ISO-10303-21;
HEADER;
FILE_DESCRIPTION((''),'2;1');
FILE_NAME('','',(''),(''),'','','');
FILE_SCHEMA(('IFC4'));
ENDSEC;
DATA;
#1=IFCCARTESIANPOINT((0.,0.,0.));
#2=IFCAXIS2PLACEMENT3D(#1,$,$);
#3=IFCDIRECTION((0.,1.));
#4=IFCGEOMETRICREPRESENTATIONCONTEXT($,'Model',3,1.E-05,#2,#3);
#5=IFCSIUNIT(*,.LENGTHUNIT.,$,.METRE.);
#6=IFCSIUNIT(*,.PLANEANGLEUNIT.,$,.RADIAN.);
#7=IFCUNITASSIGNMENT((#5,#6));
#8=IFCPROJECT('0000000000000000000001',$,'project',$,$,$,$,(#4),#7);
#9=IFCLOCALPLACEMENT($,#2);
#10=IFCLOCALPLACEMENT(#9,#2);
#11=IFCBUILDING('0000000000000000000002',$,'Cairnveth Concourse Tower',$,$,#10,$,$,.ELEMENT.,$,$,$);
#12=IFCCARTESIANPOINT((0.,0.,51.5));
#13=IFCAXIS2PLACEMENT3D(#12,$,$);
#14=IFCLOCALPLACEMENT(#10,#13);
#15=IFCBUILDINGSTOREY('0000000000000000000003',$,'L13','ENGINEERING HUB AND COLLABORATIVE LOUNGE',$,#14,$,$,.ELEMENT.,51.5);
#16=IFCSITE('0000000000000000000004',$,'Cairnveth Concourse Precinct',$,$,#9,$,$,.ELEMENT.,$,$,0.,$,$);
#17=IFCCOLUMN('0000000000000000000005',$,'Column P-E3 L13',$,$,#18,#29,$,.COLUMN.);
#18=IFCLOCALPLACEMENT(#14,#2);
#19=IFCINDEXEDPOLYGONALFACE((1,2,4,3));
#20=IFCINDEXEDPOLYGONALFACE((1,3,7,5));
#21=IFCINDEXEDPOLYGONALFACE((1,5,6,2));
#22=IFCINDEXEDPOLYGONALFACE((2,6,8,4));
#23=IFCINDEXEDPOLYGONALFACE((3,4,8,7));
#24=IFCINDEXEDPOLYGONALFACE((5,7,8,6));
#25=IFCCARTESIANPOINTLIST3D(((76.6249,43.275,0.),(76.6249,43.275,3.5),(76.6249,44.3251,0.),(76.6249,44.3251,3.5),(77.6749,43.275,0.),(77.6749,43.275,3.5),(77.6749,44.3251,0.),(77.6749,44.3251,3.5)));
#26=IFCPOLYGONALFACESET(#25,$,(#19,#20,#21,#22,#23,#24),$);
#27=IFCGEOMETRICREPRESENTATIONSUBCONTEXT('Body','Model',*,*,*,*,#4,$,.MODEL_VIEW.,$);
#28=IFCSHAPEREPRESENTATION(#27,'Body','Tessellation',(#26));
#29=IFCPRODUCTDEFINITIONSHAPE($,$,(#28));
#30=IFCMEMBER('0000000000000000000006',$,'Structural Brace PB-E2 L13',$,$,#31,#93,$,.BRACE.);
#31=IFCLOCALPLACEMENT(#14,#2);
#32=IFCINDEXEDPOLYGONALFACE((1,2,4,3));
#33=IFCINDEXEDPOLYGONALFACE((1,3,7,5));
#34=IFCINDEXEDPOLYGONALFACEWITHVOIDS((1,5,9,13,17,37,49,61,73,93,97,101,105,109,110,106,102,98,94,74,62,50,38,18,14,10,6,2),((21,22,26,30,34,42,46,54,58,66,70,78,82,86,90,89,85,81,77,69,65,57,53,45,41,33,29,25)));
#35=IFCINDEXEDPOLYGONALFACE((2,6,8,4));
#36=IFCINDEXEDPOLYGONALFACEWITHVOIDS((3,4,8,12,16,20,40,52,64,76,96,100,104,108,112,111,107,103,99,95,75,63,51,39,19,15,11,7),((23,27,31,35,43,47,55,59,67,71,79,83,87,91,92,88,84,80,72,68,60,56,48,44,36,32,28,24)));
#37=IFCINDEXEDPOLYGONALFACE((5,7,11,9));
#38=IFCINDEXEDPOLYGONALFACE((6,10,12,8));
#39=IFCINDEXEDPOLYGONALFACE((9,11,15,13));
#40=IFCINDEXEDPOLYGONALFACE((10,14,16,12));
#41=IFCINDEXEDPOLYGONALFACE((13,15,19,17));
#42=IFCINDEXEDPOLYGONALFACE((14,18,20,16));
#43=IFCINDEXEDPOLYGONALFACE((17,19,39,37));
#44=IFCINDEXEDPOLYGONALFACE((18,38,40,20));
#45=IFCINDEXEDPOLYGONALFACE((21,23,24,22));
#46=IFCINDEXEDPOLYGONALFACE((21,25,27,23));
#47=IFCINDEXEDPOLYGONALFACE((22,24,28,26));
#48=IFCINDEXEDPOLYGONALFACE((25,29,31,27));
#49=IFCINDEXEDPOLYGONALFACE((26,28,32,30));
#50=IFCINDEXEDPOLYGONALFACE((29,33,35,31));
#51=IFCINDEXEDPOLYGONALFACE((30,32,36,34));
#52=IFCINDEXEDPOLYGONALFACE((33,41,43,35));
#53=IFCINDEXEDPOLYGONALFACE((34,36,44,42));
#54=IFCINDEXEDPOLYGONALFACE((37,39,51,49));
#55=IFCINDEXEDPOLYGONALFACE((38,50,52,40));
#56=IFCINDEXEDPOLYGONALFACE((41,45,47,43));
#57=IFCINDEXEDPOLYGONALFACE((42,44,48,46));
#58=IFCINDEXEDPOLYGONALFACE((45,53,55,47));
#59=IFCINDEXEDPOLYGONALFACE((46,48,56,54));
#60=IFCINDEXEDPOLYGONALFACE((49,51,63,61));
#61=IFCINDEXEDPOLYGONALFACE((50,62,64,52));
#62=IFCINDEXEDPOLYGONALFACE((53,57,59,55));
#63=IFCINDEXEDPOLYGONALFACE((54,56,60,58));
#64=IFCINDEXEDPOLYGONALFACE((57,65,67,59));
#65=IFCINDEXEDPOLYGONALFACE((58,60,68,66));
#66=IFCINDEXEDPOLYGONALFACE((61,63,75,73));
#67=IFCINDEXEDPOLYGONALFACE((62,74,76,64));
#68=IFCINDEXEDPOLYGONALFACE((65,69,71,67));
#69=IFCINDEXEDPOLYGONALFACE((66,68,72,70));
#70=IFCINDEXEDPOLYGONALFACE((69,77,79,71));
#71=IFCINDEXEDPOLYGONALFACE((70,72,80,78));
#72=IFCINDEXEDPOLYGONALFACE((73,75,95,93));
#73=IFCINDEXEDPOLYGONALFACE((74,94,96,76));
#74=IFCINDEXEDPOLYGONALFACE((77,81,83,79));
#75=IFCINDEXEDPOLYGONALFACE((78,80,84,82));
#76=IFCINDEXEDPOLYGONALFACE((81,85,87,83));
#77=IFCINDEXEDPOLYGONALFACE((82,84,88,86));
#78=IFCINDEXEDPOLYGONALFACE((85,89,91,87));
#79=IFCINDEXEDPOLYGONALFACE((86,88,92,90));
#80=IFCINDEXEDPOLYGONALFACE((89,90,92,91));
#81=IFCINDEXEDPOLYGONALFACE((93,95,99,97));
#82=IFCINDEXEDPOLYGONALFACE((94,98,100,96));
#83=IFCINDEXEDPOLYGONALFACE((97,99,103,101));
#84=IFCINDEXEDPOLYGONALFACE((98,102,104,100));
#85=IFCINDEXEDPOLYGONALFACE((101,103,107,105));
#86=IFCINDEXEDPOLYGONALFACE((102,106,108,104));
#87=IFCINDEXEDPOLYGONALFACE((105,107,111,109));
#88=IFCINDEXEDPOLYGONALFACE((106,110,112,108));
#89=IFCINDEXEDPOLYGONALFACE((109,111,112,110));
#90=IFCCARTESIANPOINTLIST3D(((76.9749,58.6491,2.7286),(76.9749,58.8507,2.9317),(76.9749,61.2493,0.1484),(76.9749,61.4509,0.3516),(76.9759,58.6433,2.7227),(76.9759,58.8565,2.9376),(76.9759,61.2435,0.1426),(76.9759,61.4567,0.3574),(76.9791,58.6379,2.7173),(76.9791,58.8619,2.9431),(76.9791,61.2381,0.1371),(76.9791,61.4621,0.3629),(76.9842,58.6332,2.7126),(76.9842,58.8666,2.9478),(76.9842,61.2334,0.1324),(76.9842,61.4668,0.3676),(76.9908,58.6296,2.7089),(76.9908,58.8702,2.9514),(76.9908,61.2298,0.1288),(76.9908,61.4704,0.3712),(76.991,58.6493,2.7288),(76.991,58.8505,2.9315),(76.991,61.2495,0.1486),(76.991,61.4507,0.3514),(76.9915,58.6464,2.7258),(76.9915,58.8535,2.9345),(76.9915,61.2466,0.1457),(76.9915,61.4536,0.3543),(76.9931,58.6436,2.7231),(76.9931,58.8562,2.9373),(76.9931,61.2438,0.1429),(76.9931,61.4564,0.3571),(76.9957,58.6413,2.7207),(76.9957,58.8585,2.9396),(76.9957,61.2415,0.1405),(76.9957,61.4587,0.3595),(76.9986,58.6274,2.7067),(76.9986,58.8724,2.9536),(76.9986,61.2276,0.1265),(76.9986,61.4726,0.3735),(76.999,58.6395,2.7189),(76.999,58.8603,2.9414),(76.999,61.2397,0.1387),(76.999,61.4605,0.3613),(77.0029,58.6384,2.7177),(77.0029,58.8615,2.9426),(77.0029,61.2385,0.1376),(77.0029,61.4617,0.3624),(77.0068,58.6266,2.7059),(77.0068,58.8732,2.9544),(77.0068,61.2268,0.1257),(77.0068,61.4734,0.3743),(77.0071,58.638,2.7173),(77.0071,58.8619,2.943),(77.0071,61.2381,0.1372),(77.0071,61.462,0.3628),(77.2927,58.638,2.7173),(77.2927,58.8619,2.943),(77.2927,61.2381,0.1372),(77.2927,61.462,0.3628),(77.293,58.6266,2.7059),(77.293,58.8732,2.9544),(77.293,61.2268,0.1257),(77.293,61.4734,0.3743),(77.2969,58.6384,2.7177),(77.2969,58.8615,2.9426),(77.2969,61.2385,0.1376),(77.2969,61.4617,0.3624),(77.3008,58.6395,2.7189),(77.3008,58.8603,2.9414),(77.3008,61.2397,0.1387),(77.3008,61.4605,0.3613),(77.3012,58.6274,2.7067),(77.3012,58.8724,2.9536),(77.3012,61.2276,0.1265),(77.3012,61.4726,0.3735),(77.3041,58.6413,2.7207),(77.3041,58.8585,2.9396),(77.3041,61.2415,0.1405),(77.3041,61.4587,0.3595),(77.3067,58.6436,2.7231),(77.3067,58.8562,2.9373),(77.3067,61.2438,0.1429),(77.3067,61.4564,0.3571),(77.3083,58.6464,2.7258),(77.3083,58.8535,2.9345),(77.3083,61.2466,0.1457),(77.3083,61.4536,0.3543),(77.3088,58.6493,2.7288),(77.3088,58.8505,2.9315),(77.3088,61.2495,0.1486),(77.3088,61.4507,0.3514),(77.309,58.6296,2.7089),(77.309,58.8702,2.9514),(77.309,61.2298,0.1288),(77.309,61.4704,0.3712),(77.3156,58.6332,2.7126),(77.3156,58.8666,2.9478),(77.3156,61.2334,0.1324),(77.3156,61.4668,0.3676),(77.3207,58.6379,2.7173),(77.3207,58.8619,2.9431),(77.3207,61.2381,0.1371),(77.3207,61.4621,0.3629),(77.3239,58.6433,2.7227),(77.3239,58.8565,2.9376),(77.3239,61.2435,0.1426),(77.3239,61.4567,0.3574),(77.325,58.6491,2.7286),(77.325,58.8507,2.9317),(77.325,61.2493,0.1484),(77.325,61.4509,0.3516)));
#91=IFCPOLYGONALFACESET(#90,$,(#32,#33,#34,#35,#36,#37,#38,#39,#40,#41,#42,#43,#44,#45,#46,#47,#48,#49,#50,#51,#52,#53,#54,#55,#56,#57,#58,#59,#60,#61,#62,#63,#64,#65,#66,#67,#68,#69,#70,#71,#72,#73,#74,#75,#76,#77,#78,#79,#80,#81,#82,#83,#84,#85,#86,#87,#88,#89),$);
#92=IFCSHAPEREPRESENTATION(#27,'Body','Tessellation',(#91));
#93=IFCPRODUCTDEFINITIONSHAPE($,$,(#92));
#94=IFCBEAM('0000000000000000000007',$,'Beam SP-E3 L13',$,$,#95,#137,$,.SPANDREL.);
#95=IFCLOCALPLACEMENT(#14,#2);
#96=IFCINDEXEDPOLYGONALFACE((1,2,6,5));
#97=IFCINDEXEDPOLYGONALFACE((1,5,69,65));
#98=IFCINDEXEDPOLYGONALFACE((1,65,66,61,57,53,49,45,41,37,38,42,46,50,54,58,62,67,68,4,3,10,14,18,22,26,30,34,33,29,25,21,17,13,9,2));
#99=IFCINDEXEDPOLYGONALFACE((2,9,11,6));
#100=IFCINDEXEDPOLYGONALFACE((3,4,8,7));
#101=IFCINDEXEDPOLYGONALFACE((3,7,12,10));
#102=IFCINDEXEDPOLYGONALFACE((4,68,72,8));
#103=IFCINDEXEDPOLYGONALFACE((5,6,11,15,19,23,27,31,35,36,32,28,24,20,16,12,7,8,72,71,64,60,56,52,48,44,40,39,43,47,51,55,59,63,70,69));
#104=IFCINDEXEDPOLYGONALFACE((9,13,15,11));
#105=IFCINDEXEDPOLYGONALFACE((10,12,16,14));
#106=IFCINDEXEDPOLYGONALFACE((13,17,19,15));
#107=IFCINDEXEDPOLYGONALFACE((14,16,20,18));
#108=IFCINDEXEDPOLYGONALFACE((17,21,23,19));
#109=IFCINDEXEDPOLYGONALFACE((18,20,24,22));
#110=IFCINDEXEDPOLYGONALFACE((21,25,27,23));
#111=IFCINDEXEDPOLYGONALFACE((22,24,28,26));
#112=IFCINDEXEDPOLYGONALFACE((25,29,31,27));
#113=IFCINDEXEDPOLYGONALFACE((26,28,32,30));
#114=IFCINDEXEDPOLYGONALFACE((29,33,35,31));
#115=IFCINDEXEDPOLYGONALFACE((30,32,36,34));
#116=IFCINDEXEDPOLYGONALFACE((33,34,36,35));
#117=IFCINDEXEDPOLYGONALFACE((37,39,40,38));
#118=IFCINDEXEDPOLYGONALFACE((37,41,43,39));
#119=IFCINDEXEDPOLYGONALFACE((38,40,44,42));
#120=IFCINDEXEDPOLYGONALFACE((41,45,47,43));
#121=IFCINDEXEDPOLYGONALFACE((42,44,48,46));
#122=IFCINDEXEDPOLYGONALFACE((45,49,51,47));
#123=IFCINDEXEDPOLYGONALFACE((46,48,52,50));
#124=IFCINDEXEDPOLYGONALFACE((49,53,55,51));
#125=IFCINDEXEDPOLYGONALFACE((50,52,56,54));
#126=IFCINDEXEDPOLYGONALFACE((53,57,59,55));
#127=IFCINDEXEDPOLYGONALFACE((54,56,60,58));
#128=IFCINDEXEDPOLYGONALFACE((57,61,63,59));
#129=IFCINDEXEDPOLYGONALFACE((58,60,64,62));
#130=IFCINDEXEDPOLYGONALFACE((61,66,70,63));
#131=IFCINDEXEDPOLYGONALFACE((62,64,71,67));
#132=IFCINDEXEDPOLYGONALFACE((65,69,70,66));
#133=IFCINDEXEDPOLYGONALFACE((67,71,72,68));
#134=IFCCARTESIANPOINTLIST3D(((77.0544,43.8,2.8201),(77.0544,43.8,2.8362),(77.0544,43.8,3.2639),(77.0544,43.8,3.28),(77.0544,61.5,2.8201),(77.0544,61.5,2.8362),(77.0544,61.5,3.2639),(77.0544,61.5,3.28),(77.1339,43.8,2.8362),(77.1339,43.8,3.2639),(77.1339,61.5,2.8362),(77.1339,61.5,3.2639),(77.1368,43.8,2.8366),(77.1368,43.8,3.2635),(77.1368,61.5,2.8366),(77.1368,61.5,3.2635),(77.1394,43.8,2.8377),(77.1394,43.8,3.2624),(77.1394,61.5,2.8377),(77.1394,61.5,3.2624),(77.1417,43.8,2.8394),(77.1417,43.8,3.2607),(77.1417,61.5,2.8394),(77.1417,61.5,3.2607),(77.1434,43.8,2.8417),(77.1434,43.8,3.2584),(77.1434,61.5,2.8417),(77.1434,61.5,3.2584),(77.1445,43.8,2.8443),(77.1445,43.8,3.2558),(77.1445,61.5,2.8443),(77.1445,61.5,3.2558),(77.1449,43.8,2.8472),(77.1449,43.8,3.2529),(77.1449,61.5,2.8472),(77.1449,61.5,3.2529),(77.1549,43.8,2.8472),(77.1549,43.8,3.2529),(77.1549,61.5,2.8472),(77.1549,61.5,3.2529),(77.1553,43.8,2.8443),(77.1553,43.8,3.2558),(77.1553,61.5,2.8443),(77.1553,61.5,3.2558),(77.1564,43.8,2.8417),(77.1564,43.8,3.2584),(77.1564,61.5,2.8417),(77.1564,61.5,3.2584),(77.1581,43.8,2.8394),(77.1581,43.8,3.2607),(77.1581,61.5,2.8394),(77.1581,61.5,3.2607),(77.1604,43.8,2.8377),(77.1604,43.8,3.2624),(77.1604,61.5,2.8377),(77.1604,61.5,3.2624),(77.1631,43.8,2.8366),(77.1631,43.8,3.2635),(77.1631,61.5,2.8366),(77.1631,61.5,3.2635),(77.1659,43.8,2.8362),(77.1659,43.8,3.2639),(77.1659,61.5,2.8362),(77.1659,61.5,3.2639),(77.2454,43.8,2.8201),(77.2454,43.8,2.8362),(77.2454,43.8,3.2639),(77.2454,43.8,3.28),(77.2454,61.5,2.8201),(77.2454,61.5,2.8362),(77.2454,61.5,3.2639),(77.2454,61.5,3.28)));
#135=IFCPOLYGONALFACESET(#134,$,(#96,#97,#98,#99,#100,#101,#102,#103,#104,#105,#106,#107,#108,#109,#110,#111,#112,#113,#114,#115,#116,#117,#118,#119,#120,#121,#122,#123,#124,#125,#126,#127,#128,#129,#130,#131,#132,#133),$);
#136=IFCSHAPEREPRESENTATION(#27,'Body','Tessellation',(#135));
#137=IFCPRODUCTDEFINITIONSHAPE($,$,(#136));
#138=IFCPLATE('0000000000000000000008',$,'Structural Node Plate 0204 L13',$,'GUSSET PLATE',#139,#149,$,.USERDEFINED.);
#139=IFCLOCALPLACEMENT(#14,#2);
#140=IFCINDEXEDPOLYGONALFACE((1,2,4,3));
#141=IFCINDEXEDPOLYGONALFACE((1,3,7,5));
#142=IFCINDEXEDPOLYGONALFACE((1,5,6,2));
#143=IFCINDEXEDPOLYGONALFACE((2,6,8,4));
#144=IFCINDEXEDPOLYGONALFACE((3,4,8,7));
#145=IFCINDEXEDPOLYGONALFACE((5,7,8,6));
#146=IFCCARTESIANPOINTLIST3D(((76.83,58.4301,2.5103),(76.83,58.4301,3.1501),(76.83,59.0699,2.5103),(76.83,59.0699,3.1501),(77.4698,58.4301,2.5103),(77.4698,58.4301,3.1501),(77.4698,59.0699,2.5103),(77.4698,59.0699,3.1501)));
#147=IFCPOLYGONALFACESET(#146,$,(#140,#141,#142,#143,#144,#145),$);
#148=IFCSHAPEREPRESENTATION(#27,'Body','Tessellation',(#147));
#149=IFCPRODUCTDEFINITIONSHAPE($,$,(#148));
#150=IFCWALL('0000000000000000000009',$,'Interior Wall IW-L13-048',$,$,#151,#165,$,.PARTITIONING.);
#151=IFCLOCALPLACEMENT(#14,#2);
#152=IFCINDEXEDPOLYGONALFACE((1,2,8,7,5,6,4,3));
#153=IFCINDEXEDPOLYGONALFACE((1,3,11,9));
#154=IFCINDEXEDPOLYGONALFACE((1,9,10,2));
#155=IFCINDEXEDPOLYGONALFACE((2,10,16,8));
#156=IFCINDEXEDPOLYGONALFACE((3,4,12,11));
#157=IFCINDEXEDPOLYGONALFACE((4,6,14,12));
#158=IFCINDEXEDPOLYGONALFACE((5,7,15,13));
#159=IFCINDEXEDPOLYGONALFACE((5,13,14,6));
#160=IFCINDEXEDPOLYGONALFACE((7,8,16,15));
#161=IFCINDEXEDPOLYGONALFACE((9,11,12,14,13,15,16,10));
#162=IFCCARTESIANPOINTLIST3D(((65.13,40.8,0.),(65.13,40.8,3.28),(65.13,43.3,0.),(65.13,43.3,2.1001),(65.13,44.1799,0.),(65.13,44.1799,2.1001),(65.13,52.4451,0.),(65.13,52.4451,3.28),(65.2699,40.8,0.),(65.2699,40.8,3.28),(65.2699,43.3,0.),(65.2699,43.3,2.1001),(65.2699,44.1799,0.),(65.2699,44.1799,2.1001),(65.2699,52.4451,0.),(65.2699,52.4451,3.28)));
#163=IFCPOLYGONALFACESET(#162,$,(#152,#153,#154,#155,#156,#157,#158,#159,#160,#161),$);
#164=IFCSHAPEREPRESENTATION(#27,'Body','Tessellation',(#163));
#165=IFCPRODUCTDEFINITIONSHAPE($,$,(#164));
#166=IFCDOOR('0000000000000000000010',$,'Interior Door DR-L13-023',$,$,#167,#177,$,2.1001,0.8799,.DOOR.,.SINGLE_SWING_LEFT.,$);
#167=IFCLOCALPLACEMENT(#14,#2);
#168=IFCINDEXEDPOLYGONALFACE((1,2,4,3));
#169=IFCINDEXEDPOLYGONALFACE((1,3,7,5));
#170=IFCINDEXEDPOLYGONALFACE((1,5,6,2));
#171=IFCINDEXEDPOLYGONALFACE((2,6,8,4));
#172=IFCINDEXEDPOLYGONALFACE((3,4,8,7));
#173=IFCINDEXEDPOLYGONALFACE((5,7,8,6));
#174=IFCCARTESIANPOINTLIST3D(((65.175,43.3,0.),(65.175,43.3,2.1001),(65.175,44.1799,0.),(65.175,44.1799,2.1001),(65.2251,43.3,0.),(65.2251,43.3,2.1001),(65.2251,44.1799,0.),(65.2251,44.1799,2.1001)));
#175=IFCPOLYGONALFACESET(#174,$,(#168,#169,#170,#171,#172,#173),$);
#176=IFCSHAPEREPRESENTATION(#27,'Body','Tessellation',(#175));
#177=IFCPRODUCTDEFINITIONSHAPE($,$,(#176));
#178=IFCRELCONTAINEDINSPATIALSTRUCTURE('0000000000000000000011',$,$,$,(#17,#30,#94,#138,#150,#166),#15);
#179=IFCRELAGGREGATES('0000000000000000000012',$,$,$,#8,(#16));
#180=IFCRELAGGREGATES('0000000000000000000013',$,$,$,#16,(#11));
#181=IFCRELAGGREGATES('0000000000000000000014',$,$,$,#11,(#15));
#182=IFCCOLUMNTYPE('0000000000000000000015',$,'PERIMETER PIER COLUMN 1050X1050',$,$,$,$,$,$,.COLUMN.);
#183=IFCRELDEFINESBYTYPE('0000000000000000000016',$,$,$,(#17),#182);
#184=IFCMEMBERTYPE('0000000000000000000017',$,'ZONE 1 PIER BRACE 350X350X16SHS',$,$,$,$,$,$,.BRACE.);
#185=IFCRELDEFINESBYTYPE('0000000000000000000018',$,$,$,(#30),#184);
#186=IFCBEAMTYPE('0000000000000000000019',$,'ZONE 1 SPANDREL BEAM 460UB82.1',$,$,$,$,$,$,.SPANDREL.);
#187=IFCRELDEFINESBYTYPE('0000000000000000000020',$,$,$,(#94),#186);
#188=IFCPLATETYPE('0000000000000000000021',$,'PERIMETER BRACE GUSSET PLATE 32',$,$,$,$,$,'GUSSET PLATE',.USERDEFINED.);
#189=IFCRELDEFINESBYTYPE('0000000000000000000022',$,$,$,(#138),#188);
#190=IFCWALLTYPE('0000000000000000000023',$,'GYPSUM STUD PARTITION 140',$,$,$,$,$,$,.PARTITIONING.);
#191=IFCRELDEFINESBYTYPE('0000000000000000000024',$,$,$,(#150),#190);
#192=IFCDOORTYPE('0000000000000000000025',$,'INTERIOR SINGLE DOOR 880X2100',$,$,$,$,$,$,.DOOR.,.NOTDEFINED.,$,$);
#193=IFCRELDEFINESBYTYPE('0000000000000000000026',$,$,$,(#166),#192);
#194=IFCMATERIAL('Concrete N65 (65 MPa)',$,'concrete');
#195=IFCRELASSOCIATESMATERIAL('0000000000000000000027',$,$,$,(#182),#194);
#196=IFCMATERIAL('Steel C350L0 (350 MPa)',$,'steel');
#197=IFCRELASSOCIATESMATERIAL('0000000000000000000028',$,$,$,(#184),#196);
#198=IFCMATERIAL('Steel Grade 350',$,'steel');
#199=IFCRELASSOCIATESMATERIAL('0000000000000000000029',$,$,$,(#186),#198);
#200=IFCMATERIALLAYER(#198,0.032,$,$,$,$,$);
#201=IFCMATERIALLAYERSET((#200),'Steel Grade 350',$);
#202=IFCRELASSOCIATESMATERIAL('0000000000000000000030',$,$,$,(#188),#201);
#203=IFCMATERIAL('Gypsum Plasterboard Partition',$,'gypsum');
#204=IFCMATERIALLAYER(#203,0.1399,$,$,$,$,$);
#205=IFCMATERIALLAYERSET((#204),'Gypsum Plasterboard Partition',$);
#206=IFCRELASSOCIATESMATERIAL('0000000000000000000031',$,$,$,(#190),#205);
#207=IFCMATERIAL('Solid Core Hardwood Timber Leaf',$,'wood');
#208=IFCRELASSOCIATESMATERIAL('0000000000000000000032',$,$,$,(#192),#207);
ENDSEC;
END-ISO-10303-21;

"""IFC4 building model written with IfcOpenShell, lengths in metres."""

from ifc_helpers import new_model, si_unit, direction, frame, frame_2d, origin, origin_2d, place, context, subcontext, project, spatial, rectangle, hollow_rectangle, i_section, extrude, material, layer, layer_set, material_profile, profile_set, type_object, element, fill, save


model = new_model("IFC4")

# Units and contexts
model_context = context("Model", 3, precision=1e-05, world=origin(), true_north=direction((0.0, 1.0)))
body_context = subcontext(model_context, "Body", "Model", "MODEL_VIEW")
ifc_project = project(units=[si_unit("LENGTHUNIT", "METRE"), si_unit("PLANEANGLEUNIT", "RADIAN")], contexts=[model_context])

# Site, building, storey
site_placement = place(None, origin())
site = spatial("IfcSite", under=ifc_project, at=site_placement, Name="Cairnveth Concourse Precinct", CompositionType="ELEMENT", RefElevation=0.0)
building_placement = place(site_placement, origin())
building = spatial("IfcBuilding", under=site, at=building_placement, Name="Cairnveth Concourse Tower", CompositionType="ELEMENT")
storey_placement = place(building_placement, frame((0.0, 0.0, 51.5)))
storey = spatial("IfcBuildingStorey", under=building, at=storey_placement, Name="L13", Description="ENGINEERING HUB AND COLLABORATIVE LOUNGE", CompositionType="ELEMENT", Elevation=51.5)

# Column
ifc_material_1 = material(Name="Concrete N65 (65 MPa)", Category="concrete")
ifc_material_profile_1 = material_profile(ifc_material_1, rectangle(XDim=1.05, YDim=1.05, at=origin_2d()), Name="RC-COL-1050x1050")
ifc_profile_set_1 = profile_set([ifc_material_profile_1], Name="Concrete N65 (65 MPa)")
column_type = type_object("IfcColumnType", Name="PERIMETER PIER COLUMN 1050X1050", PredefinedType="COLUMN", material=ifc_profile_set_1)
column_placement = place(storey_placement, frame((77.1499, 43.8, 0.0), z_axis=(0.0, 0.0, 1.0), x_axis=(0.0, 1.0, 0.0)))
element("IfcColumn", 1, at=column_placement, inside=storey, type_object=column_type, Name="Column P-E3 L13", PredefinedType="COLUMN", context=body_context, shape_type="SweptSolid", body=[
    extrude(rectangle(XDim=1.05, YDim=1.05, at=origin_2d()), origin(), (0.0, 0.0, 1.0), 3.5),
])

# Member
ifc_material_2 = material(Name="Steel C350L0 (350 MPa)", Category="steel")
ifc_material_profile_2 = material_profile(ifc_material_2, hollow_rectangle(XDim=0.3501, YDim=0.3501, WallThickness=0.0161, InnerFilletRadius=0.0161, OuterFilletRadius=0.032, at=origin_2d()), Name="350x350x16.0SHS")
ifc_profile_set_2 = profile_set([ifc_material_profile_2], Name="Steel C350L0 (350 MPa)")
member_type = type_object("IfcMemberType", Name="ZONE 1 PIER BRACE 350X350X16SHS", PredefinedType="BRACE", material=ifc_profile_set_2)
member_placement = place(storey_placement, frame((77.1499, 61.3501, 0.25), z_axis=(0.0, -0.709834, 0.704369), x_axis=(1.0, 0.0, 0.0)))
element("IfcMember", 2, at=member_placement, inside=storey, type_object=member_type, Name="Structural Brace PB-E2 L13", PredefinedType="BRACE", context=body_context, shape_type="SweptSolid", body=[
    extrude(hollow_rectangle(XDim=0.3501, YDim=0.3501, WallThickness=0.0161, InnerFilletRadius=0.0161, OuterFilletRadius=0.032, at=origin_2d()), origin(), (0.0, 0.0, 1.0), 3.6631),
])

# Beam
ifc_material_3 = material(Name="Steel Grade 350", Category="steel")
ifc_material_profile_3 = material_profile(ifc_material_3, i_section(OverallWidth=0.1909, OverallDepth=0.46, WebThickness=0.01, FlangeThickness=0.0161, FilletRadius=0.011, at=origin_2d()), Name="460UB82.1")
ifc_profile_set_3 = profile_set([ifc_material_profile_3], Name="Steel Grade 350")
beam_type = type_object("IfcBeamType", Name="ZONE 1 SPANDREL BEAM 460UB82.1", PredefinedType="SPANDREL", material=ifc_profile_set_3)
beam_placement = place(storey_placement, frame((77.1499, 43.8, 3.05), z_axis=(0.0, 1.0, 0.0), x_axis=(-1.0, 0.0, 0.0)))
element("IfcBeam", 3, at=beam_placement, inside=storey, type_object=beam_type, Name="Beam SP-E3 L13", PredefinedType="SPANDREL", context=body_context, shape_type="SweptSolid", body=[
    extrude(i_section(OverallWidth=0.1909, OverallDepth=0.46, WebThickness=0.01, FlangeThickness=0.0161, FilletRadius=0.011, at=origin_2d()), origin(), (0.0, 0.0, 1.0), 17.7),
])

# Plate
ifc_layer_1 = layer(ifc_material_3, 0.032)
ifc_layer_set_1 = layer_set([ifc_layer_1], Name="Steel Grade 350")
plate_type = type_object("IfcPlateType", Name="PERIMETER BRACE GUSSET PLATE 32", ElementType="GUSSET PLATE", PredefinedType="USERDEFINED", material=ifc_layer_set_1)
plate_placement = place(storey_placement, frame((77.1499, 58.75, 2.5103), z_axis=(0.0, 0.0, 1.0), x_axis=(1.0, 0.0, 0.0)))
element("IfcPlate", 4, at=plate_placement, inside=storey, type_object=plate_type, Name="Structural Node Plate 0204 L13", ObjectType="GUSSET PLATE", PredefinedType="USERDEFINED", context=body_context, shape_type="SweptSolid", body=[
    extrude(rectangle(XDim=0.6399, YDim=0.6399, at=origin_2d()), origin(), (0.0, 0.0, 1.0), 0.6399),
])

# Wall, opening, door
ifc_material_4 = material(Name="Gypsum Plasterboard Partition", Category="gypsum")
ifc_layer_2 = layer(ifc_material_4, 0.1399)
ifc_layer_set_2 = layer_set([ifc_layer_2], Name="Gypsum Plasterboard Partition")
wall_type_1 = type_object("IfcWallType", Name="GYPSUM STUD PARTITION 140", PredefinedType="PARTITIONING", material=ifc_layer_set_2)
wall_1_placement = place(storey_placement, frame((65.2, 40.8, 0.0), z_axis=(0.0, 0.0, 1.0), x_axis=(0.0, 1.0, 0.0)))
wall_1 = element("IfcWall", 5, at=wall_1_placement, inside=storey, type_object=wall_type_1, Name="Interior Wall IW-L13-048", PredefinedType="PARTITIONING", context=body_context, shape_type="SweptSolid", body=[
    extrude(rectangle(XDim=11.645, YDim=0.1399, at=frame_2d((5.8225, 0.0))), origin(), (0.0, 0.0, 1.0), 3.28),
])
opening_placement = place(wall_1_placement, frame((2.5, 0.0, 0.0)))
opening = element("IfcOpeningElement", 6, at=opening_placement, cuts=wall_1, PredefinedType="OPENING", context=body_context, shape_type="SweptSolid", body=[
    extrude(rectangle(XDim=0.8799, YDim=2.1001, at=frame_2d((0.4399, 1.05))), frame((0.0, 0.0798, 0.0), z_axis=(0.0, -1.0, 0.0), x_axis=(1.0, 0.0, 0.0)), (0.0, 0.0, 1.0), 0.1599),
])
ifc_material_5 = material(Name="Solid Core Hardwood Timber Leaf", Category="wood")
door_type = type_object("IfcDoorType", Name="INTERIOR SINGLE DOOR 880X2100", OperationType="NOTDEFINED", PredefinedType="DOOR", material=ifc_material_5)
door_placement = place(opening_placement, origin())
door = element("IfcDoor", 7, at=door_placement, inside=storey, type_object=door_type, Name="Interior Door DR-L13-023", OperationType="SINGLE_SWING_LEFT", OverallHeight=2.1001, OverallWidth=0.8799, PredefinedType="DOOR", context=body_context, shape_type="SweptSolid", body=[
    extrude(rectangle(XDim=0.8799, YDim=2.1001, at=frame_2d((0.4399, 1.05))), frame((0.0, 0.0249, 0.0), z_axis=(0.0, -1.0, 0.0), x_axis=(1.0, 0.0, 0.0)), (0.0, 0.0, 1.0), 0.05),
])
fill(opening, door)

save(model, "model.ifc")
